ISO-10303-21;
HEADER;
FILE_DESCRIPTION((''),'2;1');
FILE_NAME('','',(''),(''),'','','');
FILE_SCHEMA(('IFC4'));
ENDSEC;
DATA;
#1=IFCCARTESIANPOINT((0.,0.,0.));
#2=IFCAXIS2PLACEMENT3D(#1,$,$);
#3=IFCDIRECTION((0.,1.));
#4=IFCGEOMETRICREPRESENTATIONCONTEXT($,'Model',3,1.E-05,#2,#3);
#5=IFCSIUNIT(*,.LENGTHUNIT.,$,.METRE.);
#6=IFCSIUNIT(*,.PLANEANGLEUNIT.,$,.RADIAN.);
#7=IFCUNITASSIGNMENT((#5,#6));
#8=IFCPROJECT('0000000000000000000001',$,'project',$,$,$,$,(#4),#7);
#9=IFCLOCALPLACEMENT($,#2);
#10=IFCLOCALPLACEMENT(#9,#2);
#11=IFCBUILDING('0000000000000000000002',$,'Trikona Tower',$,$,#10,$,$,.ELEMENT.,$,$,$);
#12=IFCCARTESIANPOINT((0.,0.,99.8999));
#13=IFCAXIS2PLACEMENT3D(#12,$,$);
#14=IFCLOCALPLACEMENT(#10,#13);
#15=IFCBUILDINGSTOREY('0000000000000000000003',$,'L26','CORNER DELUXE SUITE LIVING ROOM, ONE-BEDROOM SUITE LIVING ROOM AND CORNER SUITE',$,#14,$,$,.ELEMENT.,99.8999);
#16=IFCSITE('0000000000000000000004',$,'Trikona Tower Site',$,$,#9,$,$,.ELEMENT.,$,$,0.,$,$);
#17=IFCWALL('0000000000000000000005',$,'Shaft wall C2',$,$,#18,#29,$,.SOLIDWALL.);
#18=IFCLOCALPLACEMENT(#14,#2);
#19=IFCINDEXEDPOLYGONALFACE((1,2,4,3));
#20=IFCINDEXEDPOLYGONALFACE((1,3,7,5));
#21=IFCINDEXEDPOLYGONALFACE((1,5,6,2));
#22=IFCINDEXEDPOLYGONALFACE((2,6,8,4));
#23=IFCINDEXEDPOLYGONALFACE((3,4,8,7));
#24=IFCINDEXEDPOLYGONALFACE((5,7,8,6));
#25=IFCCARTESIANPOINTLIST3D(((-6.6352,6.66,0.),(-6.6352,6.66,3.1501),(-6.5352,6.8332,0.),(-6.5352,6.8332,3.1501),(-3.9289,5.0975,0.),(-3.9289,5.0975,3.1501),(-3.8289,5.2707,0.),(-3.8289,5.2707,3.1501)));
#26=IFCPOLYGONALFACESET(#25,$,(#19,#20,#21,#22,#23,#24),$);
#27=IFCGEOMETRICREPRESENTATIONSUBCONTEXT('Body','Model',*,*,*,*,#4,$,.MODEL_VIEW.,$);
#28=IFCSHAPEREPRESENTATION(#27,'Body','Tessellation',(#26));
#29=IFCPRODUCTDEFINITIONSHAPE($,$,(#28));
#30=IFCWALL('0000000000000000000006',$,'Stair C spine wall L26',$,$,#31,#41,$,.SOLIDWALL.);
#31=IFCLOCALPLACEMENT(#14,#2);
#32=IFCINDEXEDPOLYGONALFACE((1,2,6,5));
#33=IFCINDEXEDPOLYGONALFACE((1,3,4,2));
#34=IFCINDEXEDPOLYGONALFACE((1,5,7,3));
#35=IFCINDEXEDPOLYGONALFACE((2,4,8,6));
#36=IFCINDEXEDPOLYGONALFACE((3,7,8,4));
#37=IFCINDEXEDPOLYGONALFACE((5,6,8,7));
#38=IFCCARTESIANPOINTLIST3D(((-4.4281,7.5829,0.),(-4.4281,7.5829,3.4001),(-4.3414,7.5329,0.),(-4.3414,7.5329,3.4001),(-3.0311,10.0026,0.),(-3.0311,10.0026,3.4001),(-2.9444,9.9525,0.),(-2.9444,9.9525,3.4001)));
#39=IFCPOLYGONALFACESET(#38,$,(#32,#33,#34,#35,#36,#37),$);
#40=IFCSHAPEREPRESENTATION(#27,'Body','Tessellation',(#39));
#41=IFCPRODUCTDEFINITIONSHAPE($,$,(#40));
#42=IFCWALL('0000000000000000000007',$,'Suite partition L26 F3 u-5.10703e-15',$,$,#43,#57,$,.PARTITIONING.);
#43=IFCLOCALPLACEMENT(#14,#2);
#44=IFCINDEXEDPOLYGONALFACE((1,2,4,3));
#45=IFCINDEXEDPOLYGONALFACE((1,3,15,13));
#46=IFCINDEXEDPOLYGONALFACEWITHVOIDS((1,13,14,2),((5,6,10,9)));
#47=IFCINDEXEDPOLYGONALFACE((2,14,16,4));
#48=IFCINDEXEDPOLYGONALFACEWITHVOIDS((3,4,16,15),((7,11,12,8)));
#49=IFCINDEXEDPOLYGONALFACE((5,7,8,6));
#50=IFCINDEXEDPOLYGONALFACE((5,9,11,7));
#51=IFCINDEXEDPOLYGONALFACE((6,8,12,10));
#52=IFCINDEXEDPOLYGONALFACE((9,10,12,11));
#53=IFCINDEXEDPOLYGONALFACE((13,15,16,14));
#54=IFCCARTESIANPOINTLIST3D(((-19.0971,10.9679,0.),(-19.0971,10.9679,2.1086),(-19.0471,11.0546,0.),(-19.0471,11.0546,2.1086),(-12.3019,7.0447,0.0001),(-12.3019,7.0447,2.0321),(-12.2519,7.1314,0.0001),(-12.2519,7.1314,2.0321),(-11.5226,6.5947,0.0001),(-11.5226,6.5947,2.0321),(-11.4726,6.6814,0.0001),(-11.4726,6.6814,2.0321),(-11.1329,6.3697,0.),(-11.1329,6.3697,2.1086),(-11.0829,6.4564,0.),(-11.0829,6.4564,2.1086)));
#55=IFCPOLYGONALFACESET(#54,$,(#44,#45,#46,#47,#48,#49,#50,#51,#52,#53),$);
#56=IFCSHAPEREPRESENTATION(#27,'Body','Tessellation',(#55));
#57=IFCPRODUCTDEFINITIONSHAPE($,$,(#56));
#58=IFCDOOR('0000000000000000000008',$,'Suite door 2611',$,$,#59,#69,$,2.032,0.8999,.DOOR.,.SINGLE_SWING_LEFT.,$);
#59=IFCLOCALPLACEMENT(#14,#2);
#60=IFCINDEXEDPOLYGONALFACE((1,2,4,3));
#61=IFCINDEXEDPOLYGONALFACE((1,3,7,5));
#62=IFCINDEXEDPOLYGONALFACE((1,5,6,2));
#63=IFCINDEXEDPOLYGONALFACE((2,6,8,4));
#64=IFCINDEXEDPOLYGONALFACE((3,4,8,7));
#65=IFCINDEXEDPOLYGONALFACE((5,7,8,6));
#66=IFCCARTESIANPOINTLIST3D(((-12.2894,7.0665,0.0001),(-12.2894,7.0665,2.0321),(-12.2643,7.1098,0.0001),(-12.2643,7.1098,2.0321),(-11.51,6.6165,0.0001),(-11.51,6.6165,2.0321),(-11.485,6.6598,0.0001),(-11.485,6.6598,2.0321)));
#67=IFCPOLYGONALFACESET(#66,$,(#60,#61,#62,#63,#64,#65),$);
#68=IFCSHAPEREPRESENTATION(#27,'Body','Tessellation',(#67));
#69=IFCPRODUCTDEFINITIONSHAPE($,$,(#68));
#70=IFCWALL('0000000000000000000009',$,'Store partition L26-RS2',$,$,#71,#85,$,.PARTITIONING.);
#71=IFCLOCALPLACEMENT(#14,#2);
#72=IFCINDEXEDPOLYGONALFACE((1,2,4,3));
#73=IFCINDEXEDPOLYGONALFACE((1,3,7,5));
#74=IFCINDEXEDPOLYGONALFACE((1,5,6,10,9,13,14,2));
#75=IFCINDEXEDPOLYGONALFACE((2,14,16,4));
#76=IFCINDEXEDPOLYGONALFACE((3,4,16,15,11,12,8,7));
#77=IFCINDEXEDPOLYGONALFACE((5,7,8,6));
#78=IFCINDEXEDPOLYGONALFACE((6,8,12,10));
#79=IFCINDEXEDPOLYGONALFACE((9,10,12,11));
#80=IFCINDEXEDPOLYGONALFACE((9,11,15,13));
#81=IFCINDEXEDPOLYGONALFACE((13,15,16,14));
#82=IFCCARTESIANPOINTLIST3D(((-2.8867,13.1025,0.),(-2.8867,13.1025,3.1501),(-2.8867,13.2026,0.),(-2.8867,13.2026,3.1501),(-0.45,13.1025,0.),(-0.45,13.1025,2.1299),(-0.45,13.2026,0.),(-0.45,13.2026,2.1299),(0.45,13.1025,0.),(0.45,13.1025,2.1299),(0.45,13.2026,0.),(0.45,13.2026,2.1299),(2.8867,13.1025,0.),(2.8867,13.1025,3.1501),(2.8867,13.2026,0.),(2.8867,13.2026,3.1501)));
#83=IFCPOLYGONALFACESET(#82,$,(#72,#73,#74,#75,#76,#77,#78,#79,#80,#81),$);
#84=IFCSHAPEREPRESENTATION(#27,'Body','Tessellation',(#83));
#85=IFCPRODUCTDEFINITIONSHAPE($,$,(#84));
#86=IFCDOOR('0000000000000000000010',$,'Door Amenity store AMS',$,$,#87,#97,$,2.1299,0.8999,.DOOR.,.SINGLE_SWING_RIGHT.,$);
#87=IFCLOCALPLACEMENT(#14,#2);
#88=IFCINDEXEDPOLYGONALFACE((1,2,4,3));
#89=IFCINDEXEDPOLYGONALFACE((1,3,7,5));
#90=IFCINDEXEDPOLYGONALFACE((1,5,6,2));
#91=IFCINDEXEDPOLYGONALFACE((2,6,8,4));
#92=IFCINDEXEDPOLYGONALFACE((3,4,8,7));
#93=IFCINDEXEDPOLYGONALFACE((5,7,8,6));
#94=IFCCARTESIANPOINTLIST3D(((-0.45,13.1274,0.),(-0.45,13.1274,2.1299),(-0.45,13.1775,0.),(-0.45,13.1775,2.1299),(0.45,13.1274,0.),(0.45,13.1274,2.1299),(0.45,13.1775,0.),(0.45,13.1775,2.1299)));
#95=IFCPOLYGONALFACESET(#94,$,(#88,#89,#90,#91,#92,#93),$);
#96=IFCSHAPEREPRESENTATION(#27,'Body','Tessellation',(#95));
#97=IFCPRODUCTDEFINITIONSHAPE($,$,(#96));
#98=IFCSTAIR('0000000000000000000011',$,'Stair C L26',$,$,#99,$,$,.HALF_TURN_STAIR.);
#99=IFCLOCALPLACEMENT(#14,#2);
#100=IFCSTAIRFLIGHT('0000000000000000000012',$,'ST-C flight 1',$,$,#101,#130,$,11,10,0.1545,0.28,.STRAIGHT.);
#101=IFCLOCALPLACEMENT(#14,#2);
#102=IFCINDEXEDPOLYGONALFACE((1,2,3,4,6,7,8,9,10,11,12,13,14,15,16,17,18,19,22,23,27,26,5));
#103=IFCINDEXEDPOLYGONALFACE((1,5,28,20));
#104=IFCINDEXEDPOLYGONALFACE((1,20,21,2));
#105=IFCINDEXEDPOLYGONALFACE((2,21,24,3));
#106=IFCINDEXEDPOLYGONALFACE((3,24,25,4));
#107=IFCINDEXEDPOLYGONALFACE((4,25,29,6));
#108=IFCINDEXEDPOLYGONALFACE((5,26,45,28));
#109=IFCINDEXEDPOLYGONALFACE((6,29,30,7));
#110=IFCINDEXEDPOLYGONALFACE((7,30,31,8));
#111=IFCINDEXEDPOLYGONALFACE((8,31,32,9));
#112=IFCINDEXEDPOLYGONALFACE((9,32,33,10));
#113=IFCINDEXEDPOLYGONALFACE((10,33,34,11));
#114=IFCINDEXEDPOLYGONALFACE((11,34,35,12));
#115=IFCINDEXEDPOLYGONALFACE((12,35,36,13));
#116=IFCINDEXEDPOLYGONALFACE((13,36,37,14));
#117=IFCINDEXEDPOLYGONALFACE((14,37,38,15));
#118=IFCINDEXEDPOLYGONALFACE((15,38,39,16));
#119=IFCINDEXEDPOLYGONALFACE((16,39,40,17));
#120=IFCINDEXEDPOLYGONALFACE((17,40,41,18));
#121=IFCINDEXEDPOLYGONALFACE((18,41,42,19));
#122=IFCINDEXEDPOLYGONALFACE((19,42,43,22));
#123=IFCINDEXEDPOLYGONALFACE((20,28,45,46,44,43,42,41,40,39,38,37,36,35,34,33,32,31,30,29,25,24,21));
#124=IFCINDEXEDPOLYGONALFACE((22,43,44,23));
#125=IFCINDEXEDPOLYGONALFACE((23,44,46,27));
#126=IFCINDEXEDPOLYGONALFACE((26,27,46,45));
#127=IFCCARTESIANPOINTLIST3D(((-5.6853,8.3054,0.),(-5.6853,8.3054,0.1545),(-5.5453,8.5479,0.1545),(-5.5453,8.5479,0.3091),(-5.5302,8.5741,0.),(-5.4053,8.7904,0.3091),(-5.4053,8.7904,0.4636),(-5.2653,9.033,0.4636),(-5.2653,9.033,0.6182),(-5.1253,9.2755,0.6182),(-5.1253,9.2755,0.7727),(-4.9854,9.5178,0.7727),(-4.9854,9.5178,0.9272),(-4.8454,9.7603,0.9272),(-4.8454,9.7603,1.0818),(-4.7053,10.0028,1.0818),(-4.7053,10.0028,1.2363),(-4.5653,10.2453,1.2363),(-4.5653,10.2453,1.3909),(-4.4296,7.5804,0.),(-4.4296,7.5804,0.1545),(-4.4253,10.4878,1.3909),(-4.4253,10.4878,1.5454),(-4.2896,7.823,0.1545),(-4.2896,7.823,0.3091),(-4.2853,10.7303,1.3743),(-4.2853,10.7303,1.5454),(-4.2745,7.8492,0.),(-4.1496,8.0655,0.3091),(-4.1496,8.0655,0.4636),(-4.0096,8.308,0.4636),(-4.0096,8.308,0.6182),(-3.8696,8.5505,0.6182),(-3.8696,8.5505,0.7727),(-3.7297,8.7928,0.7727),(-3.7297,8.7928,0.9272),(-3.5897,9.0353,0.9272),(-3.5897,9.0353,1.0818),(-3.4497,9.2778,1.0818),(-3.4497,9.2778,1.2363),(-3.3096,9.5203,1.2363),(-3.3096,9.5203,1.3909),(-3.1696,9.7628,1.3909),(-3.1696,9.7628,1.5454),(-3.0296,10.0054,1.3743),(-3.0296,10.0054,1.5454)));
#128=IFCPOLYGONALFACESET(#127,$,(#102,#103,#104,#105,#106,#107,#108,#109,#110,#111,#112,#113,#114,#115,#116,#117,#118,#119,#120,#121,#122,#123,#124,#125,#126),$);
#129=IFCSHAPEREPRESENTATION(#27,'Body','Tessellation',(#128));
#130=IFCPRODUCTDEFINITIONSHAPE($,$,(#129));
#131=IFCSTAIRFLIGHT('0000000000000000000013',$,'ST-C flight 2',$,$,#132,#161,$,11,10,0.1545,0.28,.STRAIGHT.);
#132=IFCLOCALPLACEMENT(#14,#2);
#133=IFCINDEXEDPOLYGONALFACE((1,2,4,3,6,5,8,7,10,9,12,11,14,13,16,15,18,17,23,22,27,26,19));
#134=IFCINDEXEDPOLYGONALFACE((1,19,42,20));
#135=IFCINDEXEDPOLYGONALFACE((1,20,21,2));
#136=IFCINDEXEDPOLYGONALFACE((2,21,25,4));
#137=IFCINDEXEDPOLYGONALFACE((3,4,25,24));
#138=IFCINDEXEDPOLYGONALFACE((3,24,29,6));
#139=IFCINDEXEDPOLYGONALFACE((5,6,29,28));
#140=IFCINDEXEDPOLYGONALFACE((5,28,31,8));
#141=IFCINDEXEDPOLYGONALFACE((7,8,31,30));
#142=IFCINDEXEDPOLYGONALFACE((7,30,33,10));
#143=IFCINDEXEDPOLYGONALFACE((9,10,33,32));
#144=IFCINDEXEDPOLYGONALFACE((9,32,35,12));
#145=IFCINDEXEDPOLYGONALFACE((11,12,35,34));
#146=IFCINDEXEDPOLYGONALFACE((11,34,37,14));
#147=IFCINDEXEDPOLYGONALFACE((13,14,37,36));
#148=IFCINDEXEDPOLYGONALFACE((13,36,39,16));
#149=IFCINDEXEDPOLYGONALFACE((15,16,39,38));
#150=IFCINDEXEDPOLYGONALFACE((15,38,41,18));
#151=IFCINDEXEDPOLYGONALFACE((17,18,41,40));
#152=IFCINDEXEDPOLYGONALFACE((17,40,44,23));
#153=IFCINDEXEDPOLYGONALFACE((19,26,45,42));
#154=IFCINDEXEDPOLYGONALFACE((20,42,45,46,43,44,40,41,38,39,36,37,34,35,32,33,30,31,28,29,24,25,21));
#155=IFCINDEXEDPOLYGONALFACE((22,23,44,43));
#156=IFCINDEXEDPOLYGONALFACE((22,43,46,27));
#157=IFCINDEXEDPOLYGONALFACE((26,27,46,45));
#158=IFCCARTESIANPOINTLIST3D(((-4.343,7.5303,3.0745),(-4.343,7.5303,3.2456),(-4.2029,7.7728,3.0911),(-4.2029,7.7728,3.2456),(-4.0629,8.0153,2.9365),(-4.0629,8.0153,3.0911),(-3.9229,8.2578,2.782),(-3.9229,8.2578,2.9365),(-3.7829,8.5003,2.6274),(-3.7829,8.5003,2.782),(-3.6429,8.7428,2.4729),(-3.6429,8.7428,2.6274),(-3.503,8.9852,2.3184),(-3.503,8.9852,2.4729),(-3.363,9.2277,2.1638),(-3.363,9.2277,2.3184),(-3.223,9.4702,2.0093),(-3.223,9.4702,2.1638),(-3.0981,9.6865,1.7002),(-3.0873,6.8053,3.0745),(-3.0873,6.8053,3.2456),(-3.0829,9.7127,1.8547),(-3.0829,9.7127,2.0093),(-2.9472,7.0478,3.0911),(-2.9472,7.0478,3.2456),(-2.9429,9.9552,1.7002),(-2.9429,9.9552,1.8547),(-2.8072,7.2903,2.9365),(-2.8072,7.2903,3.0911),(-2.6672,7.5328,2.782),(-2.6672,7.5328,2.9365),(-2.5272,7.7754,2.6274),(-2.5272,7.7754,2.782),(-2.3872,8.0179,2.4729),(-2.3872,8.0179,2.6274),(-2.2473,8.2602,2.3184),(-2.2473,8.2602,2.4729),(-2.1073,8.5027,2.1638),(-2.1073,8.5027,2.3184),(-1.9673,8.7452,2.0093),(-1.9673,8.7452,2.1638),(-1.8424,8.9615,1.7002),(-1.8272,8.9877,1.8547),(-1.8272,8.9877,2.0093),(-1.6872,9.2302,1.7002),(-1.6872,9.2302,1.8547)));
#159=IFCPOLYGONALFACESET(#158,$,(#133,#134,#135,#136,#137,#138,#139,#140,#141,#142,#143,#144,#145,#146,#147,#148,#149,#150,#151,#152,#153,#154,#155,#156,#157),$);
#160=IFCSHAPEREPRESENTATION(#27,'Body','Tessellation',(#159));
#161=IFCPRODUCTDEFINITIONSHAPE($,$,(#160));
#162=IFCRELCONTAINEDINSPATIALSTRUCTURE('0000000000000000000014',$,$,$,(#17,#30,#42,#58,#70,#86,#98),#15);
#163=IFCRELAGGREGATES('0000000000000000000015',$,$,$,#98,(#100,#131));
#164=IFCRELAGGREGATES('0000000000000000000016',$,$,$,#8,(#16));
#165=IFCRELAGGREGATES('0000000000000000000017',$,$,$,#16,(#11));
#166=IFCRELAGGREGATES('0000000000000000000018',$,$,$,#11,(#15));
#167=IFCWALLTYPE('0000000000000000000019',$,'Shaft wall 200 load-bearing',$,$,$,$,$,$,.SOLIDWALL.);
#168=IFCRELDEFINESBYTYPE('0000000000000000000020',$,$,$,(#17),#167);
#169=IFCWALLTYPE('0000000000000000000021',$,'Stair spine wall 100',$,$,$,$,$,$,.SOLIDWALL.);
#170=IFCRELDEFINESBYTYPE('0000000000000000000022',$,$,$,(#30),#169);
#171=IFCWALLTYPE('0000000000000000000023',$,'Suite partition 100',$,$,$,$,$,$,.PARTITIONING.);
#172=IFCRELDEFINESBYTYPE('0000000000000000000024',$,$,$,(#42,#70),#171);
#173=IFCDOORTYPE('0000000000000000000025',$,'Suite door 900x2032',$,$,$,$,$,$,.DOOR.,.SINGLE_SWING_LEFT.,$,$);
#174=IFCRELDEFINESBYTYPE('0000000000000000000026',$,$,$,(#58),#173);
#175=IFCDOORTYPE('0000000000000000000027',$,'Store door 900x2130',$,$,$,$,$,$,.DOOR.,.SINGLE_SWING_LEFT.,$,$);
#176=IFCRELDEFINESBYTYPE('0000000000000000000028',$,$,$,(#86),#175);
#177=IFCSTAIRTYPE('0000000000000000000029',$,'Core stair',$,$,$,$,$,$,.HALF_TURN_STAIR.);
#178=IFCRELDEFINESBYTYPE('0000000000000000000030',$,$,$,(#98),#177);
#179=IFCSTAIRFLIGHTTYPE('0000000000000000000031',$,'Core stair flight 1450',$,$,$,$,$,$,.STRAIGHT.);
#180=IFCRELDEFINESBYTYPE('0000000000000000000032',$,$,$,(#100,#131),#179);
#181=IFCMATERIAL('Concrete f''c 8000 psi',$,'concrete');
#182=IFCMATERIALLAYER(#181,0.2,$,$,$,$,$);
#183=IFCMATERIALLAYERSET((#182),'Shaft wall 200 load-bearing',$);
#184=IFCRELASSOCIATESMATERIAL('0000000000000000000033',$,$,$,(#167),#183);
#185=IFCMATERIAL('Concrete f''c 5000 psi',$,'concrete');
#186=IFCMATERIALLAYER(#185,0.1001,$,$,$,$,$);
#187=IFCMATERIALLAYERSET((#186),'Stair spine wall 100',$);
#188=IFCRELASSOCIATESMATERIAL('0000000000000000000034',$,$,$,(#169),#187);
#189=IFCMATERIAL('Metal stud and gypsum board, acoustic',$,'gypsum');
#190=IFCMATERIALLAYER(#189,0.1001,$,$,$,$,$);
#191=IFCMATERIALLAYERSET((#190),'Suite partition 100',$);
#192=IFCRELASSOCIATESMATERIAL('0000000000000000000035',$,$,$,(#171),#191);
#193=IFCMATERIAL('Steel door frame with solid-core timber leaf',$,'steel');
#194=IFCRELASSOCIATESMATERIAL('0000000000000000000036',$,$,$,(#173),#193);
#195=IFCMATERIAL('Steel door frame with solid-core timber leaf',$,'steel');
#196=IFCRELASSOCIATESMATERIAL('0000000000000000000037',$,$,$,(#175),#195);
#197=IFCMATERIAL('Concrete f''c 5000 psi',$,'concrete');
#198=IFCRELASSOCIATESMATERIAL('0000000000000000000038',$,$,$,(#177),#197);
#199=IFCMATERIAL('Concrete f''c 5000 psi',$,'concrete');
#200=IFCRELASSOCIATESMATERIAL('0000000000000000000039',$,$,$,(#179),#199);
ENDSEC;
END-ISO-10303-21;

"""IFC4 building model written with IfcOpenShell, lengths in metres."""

from ifc_helpers import new_model, si_unit, direction, frame, frame_2d, origin, place, context, subcontext, project, spatial, polyline, rectangle, outline, extrude, material, layer, layer_set, type_object, element, fill, aggregate, save


model = new_model("IFC4")

# Units and contexts
model_context = context("Model", 3, precision=1e-05, world=origin(), true_north=direction((0.0, 1.0)))
body_context = subcontext(model_context, "Body", "Model", "MODEL_VIEW")
ifc_project = project(units=[si_unit("LENGTHUNIT", "METRE"), si_unit("PLANEANGLEUNIT", "RADIAN")], contexts=[model_context])

# Site, building, storey
site_placement = place(None, origin())
site = spatial("IfcSite", under=ifc_project, at=site_placement, Name="Trikona Tower Site", CompositionType="ELEMENT", RefElevation=0.0)
building_placement = place(site_placement, origin())
building = spatial("IfcBuilding", under=site, at=building_placement, Name="Trikona Tower", CompositionType="ELEMENT")
storey_placement = place(building_placement, frame((0.0, 0.0, 99.8999)))
storey = spatial("IfcBuildingStorey", under=building, at=storey_placement, Name="L26", Description="CORNER DELUXE SUITE LIVING ROOM, ONE-BEDROOM SUITE LIVING ROOM AND CORNER SUITE", CompositionType="ELEMENT", Elevation=99.8999)

# Walls
ifc_material_1 = material(Name="Concrete f'c 8000 psi", Category="concrete")
ifc_layer_1 = layer(ifc_material_1, 0.2)
ifc_layer_set_1 = layer_set([ifc_layer_1], Name="Shaft wall 200 load-bearing")
wall_type_1 = type_object("IfcWallType", Name="Shaft wall 200 load-bearing", PredefinedType="SOLIDWALL", material=ifc_layer_set_1)
for number, where, z_axis, x_axis, name in (
    (1, (-3.8789, 5.1841, 0.0), (0.0, 0.0, 1.0), (-0.866023, 0.500004, 0.0), "Shaft wall C2"),
):
    element("IfcWall", number, at=place(storey_placement, frame(where, z_axis=z_axis, x_axis=x_axis)), inside=storey, type_object=wall_type_1, Name=name, PredefinedType="SOLIDWALL", context=body_context, shape_type="SweptSolid", body=[
        extrude(rectangle(XDim=3.125, YDim=0.2, at=frame_2d((1.5625, 0.0))), origin(), (0.0, 0.0, 1.0), 3.1501),
    ])
ifc_material_2 = material(Name="Concrete f'c 5000 psi", Category="concrete")
ifc_layer_2 = layer(ifc_material_2, 0.1001)
ifc_layer_set_2 = layer_set([ifc_layer_2], Name="Stair spine wall 100")
wall_type_2 = type_object("IfcWallType", Name="Stair spine wall 100", PredefinedType="SOLIDWALL", material=ifc_layer_set_2)
wall_1_placement = place(storey_placement, frame((-2.9878, 9.9775, 0.0), z_axis=(0.0, 0.0, 1.0), x_axis=(-0.499992, -0.86603, 0.0)))
element("IfcWall", 2, at=wall_1_placement, inside=storey, type_object=wall_type_2, Name="Stair C spine wall L26", PredefinedType="SOLIDWALL", context=body_context, shape_type="SweptSolid", body=[
    extrude(rectangle(XDim=2.7939, YDim=0.1001, at=frame_2d((1.397, 0.0))), origin(), (0.0, 0.0, 1.0), 3.4001),
])

# Walls, openings, doors
ifc_material_3 = material(Name="Metal stud and gypsum board, acoustic", Category="gypsum")
ifc_layer_3 = layer(ifc_material_3, 0.1001)
ifc_layer_set_3 = layer_set([ifc_layer_3], Name="Suite partition 100")
wall_type_3 = type_object("IfcWallType", Name="Suite partition 100", PredefinedType="PARTITIONING", material=ifc_layer_set_3)
wall_2_placement = place(storey_placement, frame((-11.1079, 6.4131, 0.0), z_axis=(0.0, 0.0, 1.0), x_axis=(-0.866022, 0.500005, 0.0)))
wall_2 = element("IfcWall", 3, at=wall_2_placement, inside=storey, type_object=wall_type_3, Name="Suite partition L26 F3 u-5.10703e-15", PredefinedType="PARTITIONING", context=body_context, shape_type="SweptSolid", body=[
    extrude(rectangle(XDim=9.1963, YDim=0.1001, at=frame_2d((4.5981, 0.0))), origin(), (0.0, 0.0, 1.0), 2.1086),
])
opening_1_placement = place(wall_2_placement, frame((0.45, 0.0, 0.0)))
opening_1 = element("IfcOpeningElement", 4, at=opening_1_placement, cuts=wall_2, PredefinedType="OPENING", context=body_context, shape_type="SweptSolid", body=[
    extrude(rectangle(XDim=0.8999, YDim=2.032, at=frame_2d((0.45, 1.0161))), frame((0.0, 0.0601, 0.0), z_axis=(0.0, -1.0, 0.0), x_axis=(1.0, 0.0, 0.0)), (0.0, 0.0, 1.0), 0.1201),
])
ifc_material_4 = material(Name="Steel door frame with solid-core timber leaf", Category="steel")
door_type_1 = type_object("IfcDoorType", Name="Suite door 900x2032", OperationType="SINGLE_SWING_LEFT", PredefinedType="DOOR", material=ifc_material_4)
door_1_placement = place(opening_1_placement, origin())
door_1 = element("IfcDoor", 5, at=door_1_placement, inside=storey, type_object=door_type_1, Name="Suite door 2611", OperationType="SINGLE_SWING_LEFT", OverallHeight=2.032, OverallWidth=0.8999, PredefinedType="DOOR", context=body_context, shape_type="SweptSolid", body=[
    extrude(rectangle(XDim=0.8999, YDim=2.032, at=frame_2d((0.45, 1.0161))), frame((0.0, 0.0249, 0.0), z_axis=(0.0, -1.0, 0.0), x_axis=(1.0, 0.0, 0.0)), (0.0, 0.0, 1.0), 0.05),
])
fill(opening_1, door_1)
wall_3_placement = place(storey_placement, frame((-2.8867, 13.1526, 0.0), z_axis=(0.0, 0.0, 1.0), x_axis=(1.0, 0.0, 0.0)))
wall_3 = element("IfcWall", 6, at=wall_3_placement, inside=storey, type_object=wall_type_3, Name="Store partition L26-RS2", PredefinedType="PARTITIONING", context=body_context, shape_type="SweptSolid", body=[
    extrude(rectangle(XDim=5.7734, YDim=0.1001, at=frame_2d((2.8867, 0.0))), origin(), (0.0, 0.0, 1.0), 3.1501),
])
opening_2_placement = place(wall_3_placement, frame((2.4368, 0.0, 0.0)))
opening_2 = element("IfcOpeningElement", 7, at=opening_2_placement, cuts=wall_3, PredefinedType="OPENING", context=body_context, shape_type="SweptSolid", body=[
    extrude(rectangle(XDim=0.8999, YDim=2.1299, at=frame_2d((0.45, 1.0649))), frame((0.0, 0.0601, 0.0), z_axis=(0.0, -1.0, 0.0), x_axis=(1.0, 0.0, 0.0)), (0.0, 0.0, 1.0), 0.1201),
])
ifc_material_5 = material(Name="Steel door frame with solid-core timber leaf", Category="steel")
door_type_2 = type_object("IfcDoorType", Name="Store door 900x2130", OperationType="SINGLE_SWING_LEFT", PredefinedType="DOOR", material=ifc_material_5)
door_2_placement = place(opening_2_placement, origin())
door_2 = element("IfcDoor", 8, at=door_2_placement, inside=storey, type_object=door_type_2, Name="Door Amenity store AMS", OperationType="SINGLE_SWING_RIGHT", OverallHeight=2.1299, OverallWidth=0.8999, PredefinedType="DOOR", context=body_context, shape_type="SweptSolid", body=[
    extrude(rectangle(XDim=0.8999, YDim=2.1299, at=frame_2d((0.45, 1.0649))), frame((0.0, 0.0249, 0.0), z_axis=(0.0, -1.0, 0.0), x_axis=(1.0, 0.0, 0.0)), (0.0, 0.0, 1.0), 0.05),
])
fill(opening_2, door_2)

# Stair, stair flights
ifc_material_6 = material(Name="Concrete f'c 5000 psi", Category="concrete")
stair_type = type_object("IfcStairType", Name="Core stair", PredefinedType="HALF_TURN_STAIR", material=ifc_material_6)
stair_placement = place(storey_placement, origin())
stair = element("IfcStair", 9, at=stair_placement, inside=storey, type_object=stair_type, Name="Stair C L26", PredefinedType="HALF_TURN_STAIR")
ifc_material_7 = material(Name="Concrete f'c 5000 psi", Category="concrete")
stair_flight_type = type_object("IfcStairFlightType", Name="Core stair flight 1450", PredefinedType="STRAIGHT", material=ifc_material_7)
stair_flight_1_placement = place(storey_placement, frame((-5.0574, 7.9429, 0.0), z_axis=(0.0, 0.0, 1.0), x_axis=(0.5, 0.866025, 0.0)))
stair_flight_1 = element("IfcStairFlight", 10, at=stair_flight_1_placement, type_object=stair_flight_type, Name="ST-C flight 1", NumberOfRisers=11, NumberOfTreads=10, PredefinedType="STRAIGHT", RiserHeight=0.1545, TreadLength=0.28, context=body_context, shape_type="SweptSolid", body=[
    extrude(outline(polyline([(0.0, 0.0), (0.0, 0.1545), (0.28, 0.1545), (0.28, 0.3091), (0.5601, 0.3091), (0.5601, 0.4636), (0.8401, 0.4636), (0.8401, 0.6182), (1.1201, 0.6182), (1.1201, 0.7727), (1.3999, 0.7727), (1.3999, 0.9272), (1.6799, 0.9272), (1.6799, 1.0818), (1.96, 1.0818), (1.96, 1.2363), (2.24, 1.2363), (2.24, 1.3909), (2.52, 1.3909), (2.52, 1.5454), (2.8, 1.5454), (2.8, 1.7), (2.8, 1.3743), (0.3103, 0.0), (0.0, 0.0)])), frame((0.0, 0.7251, 0.0), z_axis=(0.0, -1.0, 0.0), x_axis=(1.0, 0.0, 0.0)), (0.0, 0.0, 1.0), 1.45),
])
stair_flight_2_placement = place(storey_placement, frame((-2.3152, 9.5928, 1.7002), z_axis=(0.0, 0.0, 1.0), x_axis=(-0.5, -0.866025, 0.0)))
stair_flight_2 = element("IfcStairFlight", 11, at=stair_flight_2_placement, type_object=stair_flight_type, Name="ST-C flight 2", NumberOfRisers=11, NumberOfTreads=10, PredefinedType="STRAIGHT", RiserHeight=0.1545, TreadLength=0.28, context=body_context, shape_type="SweptSolid", body=[
    extrude(outline(polyline([(0.0, 0.0), (0.0, 0.1545), (0.28, 0.1545), (0.28, 0.3091), (0.5601, 0.3091), (0.5601, 0.4636), (0.8401, 0.4636), (0.8401, 0.6182), (1.1201, 0.6182), (1.1201, 0.7727), (1.3999, 0.7727), (1.3999, 0.9272), (1.6799, 0.9272), (1.6799, 1.0818), (1.96, 1.0818), (1.96, 1.2363), (2.24, 1.2363), (2.24, 1.3909), (2.52, 1.3909), (2.52, 1.5454), (2.8, 1.5454), (2.8, 1.7), (2.8, 1.3743), (0.3103, 0.0), (0.0, 0.0)])), frame((0.0, 0.7251, 0.0), z_axis=(0.0, -1.0, 0.0), x_axis=(1.0, 0.0, 0.0)), (0.0, 0.0, 1.0), 1.45),
])
aggregate(stair, [stair_flight_1, stair_flight_2])

save(model, "model.ifc")
